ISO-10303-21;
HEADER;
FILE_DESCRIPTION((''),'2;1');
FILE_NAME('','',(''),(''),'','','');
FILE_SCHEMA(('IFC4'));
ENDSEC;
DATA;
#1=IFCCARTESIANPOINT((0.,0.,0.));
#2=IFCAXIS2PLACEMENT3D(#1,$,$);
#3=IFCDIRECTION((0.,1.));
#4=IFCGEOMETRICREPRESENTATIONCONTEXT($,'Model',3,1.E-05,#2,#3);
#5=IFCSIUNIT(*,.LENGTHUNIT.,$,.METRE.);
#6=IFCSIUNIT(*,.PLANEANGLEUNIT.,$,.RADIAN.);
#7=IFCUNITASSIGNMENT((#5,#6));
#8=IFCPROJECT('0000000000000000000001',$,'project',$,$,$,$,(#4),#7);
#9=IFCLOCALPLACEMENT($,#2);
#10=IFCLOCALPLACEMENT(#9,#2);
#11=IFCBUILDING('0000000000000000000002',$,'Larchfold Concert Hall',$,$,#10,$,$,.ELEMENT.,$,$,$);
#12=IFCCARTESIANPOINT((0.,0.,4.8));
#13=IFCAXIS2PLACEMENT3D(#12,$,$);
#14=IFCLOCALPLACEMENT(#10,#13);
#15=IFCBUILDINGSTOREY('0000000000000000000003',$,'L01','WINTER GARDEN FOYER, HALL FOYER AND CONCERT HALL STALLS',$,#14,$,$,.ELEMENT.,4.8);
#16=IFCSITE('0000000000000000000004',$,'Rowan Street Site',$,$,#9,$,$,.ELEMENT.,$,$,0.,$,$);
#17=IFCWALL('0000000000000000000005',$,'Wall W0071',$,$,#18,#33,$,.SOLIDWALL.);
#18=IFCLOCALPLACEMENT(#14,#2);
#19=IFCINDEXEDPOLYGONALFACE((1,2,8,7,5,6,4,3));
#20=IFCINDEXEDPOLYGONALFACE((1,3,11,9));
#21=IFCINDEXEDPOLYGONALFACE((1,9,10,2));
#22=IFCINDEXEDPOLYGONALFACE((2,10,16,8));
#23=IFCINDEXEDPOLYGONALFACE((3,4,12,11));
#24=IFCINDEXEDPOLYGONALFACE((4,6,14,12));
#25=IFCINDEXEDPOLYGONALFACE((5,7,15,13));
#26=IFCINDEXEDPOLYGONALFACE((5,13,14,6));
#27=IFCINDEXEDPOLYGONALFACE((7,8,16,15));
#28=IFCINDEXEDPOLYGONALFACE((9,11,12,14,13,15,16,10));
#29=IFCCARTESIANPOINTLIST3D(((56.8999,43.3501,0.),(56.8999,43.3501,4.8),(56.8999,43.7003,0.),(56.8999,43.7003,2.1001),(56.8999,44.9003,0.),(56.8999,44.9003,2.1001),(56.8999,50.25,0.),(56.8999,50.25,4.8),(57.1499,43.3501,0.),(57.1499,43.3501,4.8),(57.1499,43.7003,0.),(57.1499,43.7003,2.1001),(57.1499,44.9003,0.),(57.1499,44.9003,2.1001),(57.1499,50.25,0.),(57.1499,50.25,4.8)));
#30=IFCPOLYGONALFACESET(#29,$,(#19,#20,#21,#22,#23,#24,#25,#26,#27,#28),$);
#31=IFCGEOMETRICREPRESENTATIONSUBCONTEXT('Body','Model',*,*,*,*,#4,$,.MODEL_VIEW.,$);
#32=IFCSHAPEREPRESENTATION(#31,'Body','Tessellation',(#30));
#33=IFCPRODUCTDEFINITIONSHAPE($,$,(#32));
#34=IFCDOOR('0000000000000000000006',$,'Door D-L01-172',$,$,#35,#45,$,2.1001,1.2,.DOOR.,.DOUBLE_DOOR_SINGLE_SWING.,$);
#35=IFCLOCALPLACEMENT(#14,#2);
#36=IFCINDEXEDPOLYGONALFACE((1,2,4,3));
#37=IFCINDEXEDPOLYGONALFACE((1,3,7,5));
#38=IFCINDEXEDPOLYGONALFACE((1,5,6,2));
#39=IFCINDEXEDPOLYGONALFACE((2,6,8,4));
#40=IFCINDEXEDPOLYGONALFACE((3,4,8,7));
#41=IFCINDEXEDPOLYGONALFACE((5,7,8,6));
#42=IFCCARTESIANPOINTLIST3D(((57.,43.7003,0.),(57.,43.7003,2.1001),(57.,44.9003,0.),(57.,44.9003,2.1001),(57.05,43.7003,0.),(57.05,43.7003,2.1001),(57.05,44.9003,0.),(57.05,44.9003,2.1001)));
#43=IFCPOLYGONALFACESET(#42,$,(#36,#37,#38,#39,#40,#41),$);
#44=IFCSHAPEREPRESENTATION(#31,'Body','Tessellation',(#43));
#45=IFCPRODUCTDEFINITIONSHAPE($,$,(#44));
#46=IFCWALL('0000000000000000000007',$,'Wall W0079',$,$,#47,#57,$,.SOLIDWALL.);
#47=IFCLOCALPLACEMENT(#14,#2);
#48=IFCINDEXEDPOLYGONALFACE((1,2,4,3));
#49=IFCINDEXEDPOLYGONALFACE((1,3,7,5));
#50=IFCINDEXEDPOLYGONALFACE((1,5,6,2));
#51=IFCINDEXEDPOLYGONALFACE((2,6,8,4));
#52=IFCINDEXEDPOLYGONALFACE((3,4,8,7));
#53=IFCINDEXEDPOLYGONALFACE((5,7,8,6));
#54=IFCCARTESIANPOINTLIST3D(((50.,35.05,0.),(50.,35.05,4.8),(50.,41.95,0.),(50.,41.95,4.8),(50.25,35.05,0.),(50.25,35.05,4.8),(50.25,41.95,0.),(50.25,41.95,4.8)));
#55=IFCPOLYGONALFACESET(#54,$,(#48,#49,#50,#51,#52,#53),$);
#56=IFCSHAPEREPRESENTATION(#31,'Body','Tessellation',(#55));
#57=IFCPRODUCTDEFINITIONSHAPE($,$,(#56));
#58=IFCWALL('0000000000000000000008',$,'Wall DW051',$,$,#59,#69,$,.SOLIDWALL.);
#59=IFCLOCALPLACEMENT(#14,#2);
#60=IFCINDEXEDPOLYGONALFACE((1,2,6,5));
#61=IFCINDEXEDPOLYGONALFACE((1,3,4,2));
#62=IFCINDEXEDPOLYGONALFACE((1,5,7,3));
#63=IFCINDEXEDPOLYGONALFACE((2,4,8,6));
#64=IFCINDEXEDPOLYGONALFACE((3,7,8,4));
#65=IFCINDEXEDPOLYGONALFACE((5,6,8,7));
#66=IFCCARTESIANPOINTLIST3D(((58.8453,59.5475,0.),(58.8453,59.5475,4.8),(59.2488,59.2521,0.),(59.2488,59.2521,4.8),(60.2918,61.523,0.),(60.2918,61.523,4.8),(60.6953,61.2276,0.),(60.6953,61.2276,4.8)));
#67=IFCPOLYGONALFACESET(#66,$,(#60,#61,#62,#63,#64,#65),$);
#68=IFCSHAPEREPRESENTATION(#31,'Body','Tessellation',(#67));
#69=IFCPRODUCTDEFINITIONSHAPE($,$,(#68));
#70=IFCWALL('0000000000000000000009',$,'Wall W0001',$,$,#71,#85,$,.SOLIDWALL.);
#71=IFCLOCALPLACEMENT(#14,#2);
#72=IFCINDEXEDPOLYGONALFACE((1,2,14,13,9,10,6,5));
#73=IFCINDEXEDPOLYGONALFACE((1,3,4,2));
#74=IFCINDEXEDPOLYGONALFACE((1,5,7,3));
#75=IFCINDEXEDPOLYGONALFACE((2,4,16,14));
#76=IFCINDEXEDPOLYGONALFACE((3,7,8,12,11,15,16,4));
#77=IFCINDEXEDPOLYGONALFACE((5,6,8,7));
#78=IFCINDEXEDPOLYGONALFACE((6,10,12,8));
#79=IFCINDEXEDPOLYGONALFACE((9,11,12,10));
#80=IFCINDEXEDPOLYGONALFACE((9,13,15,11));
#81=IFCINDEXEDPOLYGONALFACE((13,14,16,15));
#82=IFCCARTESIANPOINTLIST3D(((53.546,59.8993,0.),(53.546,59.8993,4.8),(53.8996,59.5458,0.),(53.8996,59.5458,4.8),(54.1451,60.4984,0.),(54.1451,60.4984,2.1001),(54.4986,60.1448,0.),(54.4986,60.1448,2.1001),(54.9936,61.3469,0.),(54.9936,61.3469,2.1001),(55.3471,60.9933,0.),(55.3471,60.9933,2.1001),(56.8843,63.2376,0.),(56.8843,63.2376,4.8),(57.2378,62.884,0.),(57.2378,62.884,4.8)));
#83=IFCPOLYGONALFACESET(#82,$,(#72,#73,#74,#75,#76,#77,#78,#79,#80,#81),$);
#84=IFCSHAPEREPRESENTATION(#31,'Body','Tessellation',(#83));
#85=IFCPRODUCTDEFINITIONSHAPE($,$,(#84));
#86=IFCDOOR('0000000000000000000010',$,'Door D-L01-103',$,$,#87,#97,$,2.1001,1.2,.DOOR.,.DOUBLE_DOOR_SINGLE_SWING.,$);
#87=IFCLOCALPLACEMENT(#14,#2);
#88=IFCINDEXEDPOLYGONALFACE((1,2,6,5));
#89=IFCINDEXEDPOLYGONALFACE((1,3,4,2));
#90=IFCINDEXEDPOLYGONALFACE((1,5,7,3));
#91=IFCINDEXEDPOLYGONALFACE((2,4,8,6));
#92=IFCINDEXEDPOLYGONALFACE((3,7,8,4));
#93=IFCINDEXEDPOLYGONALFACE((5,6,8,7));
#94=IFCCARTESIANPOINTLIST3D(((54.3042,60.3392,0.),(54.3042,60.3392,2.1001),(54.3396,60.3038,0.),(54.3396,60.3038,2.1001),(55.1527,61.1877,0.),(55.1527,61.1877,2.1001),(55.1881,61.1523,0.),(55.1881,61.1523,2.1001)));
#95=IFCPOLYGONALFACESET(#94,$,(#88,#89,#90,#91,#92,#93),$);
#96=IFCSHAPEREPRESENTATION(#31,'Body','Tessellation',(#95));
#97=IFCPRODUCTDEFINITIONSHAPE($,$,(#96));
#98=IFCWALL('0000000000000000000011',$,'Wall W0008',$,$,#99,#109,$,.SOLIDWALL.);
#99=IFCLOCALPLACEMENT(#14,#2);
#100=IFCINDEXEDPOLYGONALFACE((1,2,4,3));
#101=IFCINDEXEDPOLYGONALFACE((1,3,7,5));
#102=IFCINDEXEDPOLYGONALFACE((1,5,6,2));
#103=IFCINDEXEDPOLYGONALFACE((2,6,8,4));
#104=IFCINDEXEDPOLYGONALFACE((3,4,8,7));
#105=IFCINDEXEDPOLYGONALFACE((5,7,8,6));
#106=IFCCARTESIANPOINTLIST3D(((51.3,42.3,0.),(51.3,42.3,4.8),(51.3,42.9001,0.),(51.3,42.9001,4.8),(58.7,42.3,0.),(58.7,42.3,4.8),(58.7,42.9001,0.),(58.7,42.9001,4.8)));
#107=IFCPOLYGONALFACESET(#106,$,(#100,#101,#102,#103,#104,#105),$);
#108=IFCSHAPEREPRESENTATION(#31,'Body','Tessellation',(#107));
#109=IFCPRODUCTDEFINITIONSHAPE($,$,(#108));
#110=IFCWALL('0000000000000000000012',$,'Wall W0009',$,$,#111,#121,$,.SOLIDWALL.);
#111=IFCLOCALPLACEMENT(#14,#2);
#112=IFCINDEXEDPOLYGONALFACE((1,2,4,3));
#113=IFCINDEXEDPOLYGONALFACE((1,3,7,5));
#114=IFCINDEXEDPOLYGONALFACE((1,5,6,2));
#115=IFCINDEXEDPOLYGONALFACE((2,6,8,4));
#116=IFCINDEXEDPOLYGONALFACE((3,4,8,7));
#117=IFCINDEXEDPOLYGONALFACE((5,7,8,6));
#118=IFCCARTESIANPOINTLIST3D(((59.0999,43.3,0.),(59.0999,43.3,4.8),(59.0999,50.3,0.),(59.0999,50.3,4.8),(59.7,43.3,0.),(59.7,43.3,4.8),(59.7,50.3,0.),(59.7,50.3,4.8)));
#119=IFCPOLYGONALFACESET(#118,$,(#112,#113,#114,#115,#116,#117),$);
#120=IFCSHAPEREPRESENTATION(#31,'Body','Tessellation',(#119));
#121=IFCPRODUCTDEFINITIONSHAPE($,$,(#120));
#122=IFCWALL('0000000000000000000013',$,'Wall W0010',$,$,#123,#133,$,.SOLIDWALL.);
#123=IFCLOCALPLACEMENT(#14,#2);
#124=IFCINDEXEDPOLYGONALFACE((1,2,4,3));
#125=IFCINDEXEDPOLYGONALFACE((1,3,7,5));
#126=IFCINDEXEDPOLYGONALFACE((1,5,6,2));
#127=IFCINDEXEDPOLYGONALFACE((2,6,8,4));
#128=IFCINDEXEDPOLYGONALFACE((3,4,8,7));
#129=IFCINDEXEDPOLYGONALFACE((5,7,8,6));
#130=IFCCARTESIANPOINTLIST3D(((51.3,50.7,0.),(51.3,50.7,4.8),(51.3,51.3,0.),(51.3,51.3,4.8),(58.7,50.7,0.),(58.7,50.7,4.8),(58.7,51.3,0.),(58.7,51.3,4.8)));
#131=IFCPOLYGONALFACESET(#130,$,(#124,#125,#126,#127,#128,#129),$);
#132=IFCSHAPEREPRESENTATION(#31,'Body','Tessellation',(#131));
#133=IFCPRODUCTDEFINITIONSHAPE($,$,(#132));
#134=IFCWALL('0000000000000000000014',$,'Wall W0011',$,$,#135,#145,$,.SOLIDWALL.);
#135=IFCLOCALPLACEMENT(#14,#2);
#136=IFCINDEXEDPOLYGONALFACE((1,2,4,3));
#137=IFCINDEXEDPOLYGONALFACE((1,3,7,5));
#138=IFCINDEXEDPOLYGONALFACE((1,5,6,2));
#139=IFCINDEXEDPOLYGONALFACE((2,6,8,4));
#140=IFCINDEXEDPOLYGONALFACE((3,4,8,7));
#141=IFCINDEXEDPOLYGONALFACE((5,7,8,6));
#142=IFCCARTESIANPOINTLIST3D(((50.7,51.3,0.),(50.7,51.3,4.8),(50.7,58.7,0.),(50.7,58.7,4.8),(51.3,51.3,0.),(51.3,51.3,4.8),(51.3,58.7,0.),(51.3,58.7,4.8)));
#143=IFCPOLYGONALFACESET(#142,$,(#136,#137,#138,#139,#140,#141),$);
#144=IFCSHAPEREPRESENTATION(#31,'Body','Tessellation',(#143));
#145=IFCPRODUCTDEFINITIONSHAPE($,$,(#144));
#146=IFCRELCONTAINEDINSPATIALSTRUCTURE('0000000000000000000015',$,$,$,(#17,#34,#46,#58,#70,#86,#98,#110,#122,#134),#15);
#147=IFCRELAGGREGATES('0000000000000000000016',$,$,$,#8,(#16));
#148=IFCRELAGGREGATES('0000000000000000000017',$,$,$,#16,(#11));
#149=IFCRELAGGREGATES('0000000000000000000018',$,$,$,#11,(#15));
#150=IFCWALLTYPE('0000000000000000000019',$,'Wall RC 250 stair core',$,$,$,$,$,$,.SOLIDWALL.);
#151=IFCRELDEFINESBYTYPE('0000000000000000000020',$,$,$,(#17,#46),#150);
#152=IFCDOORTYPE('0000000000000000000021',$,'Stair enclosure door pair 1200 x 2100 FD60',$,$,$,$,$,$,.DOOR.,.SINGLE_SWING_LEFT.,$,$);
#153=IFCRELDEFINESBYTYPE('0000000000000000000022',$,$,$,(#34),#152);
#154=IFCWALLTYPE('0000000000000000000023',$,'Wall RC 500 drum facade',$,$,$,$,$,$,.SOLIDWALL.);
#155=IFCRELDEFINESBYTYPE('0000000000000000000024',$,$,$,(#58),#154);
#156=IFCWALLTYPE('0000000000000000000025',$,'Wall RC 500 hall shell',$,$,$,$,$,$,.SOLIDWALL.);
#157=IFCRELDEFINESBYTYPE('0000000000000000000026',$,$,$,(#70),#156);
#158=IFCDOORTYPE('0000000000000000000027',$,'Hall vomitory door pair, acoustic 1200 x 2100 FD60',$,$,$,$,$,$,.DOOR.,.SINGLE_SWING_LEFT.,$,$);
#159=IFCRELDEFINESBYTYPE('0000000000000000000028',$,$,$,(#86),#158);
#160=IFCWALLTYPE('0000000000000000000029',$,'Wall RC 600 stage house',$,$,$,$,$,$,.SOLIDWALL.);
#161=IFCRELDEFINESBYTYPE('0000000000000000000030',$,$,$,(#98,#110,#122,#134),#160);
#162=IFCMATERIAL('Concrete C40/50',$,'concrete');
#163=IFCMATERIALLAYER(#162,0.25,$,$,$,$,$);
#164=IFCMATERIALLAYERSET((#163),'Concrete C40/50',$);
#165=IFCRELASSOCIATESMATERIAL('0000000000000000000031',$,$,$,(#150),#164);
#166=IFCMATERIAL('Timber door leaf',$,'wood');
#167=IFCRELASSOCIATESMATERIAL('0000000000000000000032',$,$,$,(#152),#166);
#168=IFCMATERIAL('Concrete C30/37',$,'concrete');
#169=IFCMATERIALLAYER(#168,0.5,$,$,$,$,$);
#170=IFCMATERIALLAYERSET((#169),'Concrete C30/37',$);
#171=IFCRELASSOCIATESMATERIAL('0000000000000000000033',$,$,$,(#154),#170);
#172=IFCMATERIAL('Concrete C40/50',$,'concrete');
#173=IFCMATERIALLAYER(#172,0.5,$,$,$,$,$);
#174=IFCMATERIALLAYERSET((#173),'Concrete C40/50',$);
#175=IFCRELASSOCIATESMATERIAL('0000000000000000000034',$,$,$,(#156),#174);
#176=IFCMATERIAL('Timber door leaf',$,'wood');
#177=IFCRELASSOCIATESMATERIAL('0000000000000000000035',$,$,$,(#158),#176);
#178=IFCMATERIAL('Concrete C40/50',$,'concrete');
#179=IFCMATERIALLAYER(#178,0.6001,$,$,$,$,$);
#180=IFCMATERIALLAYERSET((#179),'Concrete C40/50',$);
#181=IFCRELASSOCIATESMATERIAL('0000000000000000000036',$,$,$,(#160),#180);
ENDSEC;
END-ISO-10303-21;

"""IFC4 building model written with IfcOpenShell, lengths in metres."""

from ifc_helpers import new_model, si_unit, direction, frame, frame_2d, origin, place, context, subcontext, project, spatial, rectangle, extrude, material, layer, layer_set, type_object, element, fill, save


model = new_model("IFC4")

# Units and contexts
model_context = context("Model", 3, precision=1e-05, world=origin(), true_north=direction((0.0, 1.0)))
body_context = subcontext(model_context, "Body", "Model", "MODEL_VIEW")
ifc_project = project(units=[si_unit("LENGTHUNIT", "METRE"), si_unit("PLANEANGLEUNIT", "RADIAN")], contexts=[model_context])

# Site, building, storey
site_placement = place(None, origin())
site = spatial("IfcSite", under=ifc_project, at=site_placement, Name="Rowan Street Site", CompositionType="ELEMENT", RefElevation=0.0)
building_placement = place(site_placement, origin())
building = spatial("IfcBuilding", under=site, at=building_placement, Name="Larchfold Concert Hall", CompositionType="ELEMENT")
storey_placement = place(building_placement, frame((0.0, 0.0, 4.8)))
storey = spatial("IfcBuildingStorey", under=building, at=storey_placement, Name="L01", Description="WINTER GARDEN FOYER, HALL FOYER AND CONCERT HALL STALLS", CompositionType="ELEMENT", Elevation=4.8)

# Shared definitions
ifc_material_1 = material(Name="Concrete C40/50", Category="concrete")
ifc_layer_1 = layer(ifc_material_1, 0.25)
ifc_layer_set_1 = layer_set([ifc_layer_1], Name="Concrete C40/50")
wall_type_1 = type_object("IfcWallType", Name="Wall RC 250 stair core", PredefinedType="SOLIDWALL", material=ifc_layer_set_1)

# Wall, opening, door
wall_1_placement = place(storey_placement, frame((57.0249, 43.3501, 0.0), z_axis=(0.0, 0.0, 1.0), x_axis=(0.0, 1.0, 0.0)))
wall_1 = element("IfcWall", 1, at=wall_1_placement, inside=storey, type_object=wall_type_1, Name="Wall W0071", PredefinedType="SOLIDWALL", context=body_context, shape_type="SweptSolid", body=[
    extrude(rectangle(XDim=6.8999, YDim=0.25, at=frame_2d((3.45, 0.0))), origin(), (0.0, 0.0, 1.0), 4.8),
])
opening_1_placement = place(wall_1_placement, frame((0.3501, 0.0, 0.0)))
opening_1 = element("IfcOpeningElement", 2, at=opening_1_placement, cuts=wall_1, PredefinedType="OPENING", context=body_context, shape_type="SweptSolid", body=[
    extrude(rectangle(XDim=1.2, YDim=2.1001, at=frame_2d((0.6001, 1.05))), frame((0.0, 0.135, 0.0), z_axis=(0.0, -1.0, 0.0), x_axis=(1.0, 0.0, 0.0)), (0.0, 0.0, 1.0), 0.27),
])
ifc_material_2 = material(Name="Timber door leaf", Category="wood")
door_type_1 = type_object("IfcDoorType", Name="Stair enclosure door pair 1200 x 2100 FD60", OperationType="SINGLE_SWING_LEFT", PredefinedType="DOOR", material=ifc_material_2)
door_1_placement = place(opening_1_placement, origin())
door_1 = element("IfcDoor", 3, at=door_1_placement, inside=storey, type_object=door_type_1, Name="Door D-L01-172", OperationType="DOUBLE_DOOR_SINGLE_SWING", OverallHeight=2.1001, OverallWidth=1.2, PredefinedType="DOOR", context=body_context, shape_type="SweptSolid", body=[
    extrude(rectangle(XDim=1.2, YDim=2.1001, at=frame_2d((0.6001, 1.05))), frame((0.0, 0.0249, 0.0), z_axis=(0.0, -1.0, 0.0), x_axis=(1.0, 0.0, 0.0)), (0.0, 0.0, 1.0), 0.05),
])
fill(opening_1, door_1)

# Walls
wall_2_placement = place(storey_placement, frame((50.125, 35.05, 0.0), z_axis=(0.0, 0.0, 1.0), x_axis=(0.0, 1.0, 0.0)))
element("IfcWall", 4, at=wall_2_placement, inside=storey, type_object=wall_type_1, Name="Wall W0079", PredefinedType="SOLIDWALL", context=body_context, shape_type="SweptSolid", body=[
    extrude(rectangle(XDim=6.8999, YDim=0.25, at=frame_2d((3.45, 0.0))), origin(), (0.0, 0.0, 1.0), 4.8),
])
ifc_material_3 = material(Name="Concrete C30/37", Category="concrete")
ifc_layer_2 = layer(ifc_material_3, 0.5)
ifc_layer_set_2 = layer_set([ifc_layer_2], Name="Concrete C30/37")
wall_type_2 = type_object("IfcWallType", Name="Wall RC 500 drum facade", PredefinedType="SOLIDWALL", material=ifc_layer_set_2)
wall_3_placement = place(storey_placement, frame((59.0471, 59.3999, 0.0), z_axis=(0.0, 0.0, 1.0), x_axis=(0.590771, 0.806839, 0.0)))
element("IfcWall", 5, at=wall_3_placement, inside=storey, type_object=wall_type_2, Name="Wall DW051", PredefinedType="SOLIDWALL", context=body_context, shape_type="SweptSolid", body=[
    extrude(rectangle(XDim=2.4485, YDim=0.5, at=frame_2d((1.2241, 0.0))), origin(), (0.0, 0.0, 1.0), 4.8),
])

# Wall, opening, door
ifc_material_4 = material(Name="Concrete C40/50", Category="concrete")
ifc_layer_3 = layer(ifc_material_4, 0.5)
ifc_layer_set_3 = layer_set([ifc_layer_3], Name="Concrete C40/50")
wall_type_3 = type_object("IfcWallType", Name="Wall RC 500 hall shell", PredefinedType="SOLIDWALL", material=ifc_layer_set_3)
wall_4_placement = place(storey_placement, frame((53.7229, 59.7227, 0.0), z_axis=(0.0, 0.0, 1.0), x_axis=(0.707107, 0.707107, 0.0)))
wall_4 = element("IfcWall", 6, at=wall_4_placement, inside=storey, type_object=wall_type_3, Name="Wall W0001", PredefinedType="SOLIDWALL", context=body_context, shape_type="SweptSolid", body=[
    extrude(rectangle(XDim=4.7209, YDim=0.5, at=frame_2d((2.3604, 0.0))), origin(), (0.0, 0.0, 1.0), 4.8),
])
opening_2_placement = place(wall_4_placement, frame((0.8469, 0.0, 0.0)))
opening_2 = element("IfcOpeningElement", 7, at=opening_2_placement, cuts=wall_4, PredefinedType="OPENING", context=body_context, shape_type="SweptSolid", body=[
    extrude(rectangle(XDim=1.2, YDim=2.1001, at=frame_2d((0.6001, 1.05))), frame((0.0, 0.26, 0.0), z_axis=(0.0, -1.0, 0.0), x_axis=(1.0, 0.0, 0.0)), (0.0, 0.0, 1.0), 0.52),
])
ifc_material_5 = material(Name="Timber door leaf", Category="wood")
door_type_2 = type_object("IfcDoorType", Name="Hall vomitory door pair, acoustic 1200 x 2100 FD60", OperationType="SINGLE_SWING_LEFT", PredefinedType="DOOR", material=ifc_material_5)
door_2_placement = place(opening_2_placement, origin())
door_2 = element("IfcDoor", 8, at=door_2_placement, inside=storey, type_object=door_type_2, Name="Door D-L01-103", OperationType="DOUBLE_DOOR_SINGLE_SWING", OverallHeight=2.1001, OverallWidth=1.2, PredefinedType="DOOR", context=body_context, shape_type="SweptSolid", body=[
    extrude(rectangle(XDim=1.2, YDim=2.1001, at=frame_2d((0.6001, 1.05))), frame((0.0, 0.0249, 0.0), z_axis=(0.0, -1.0, 0.0), x_axis=(1.0, 0.0, 0.0)), (0.0, 0.0, 1.0), 0.05),
])
fill(opening_2, door_2)

# Walls
ifc_material_6 = material(Name="Concrete C40/50", Category="concrete")
ifc_layer_4 = layer(ifc_material_6, 0.6001)
ifc_layer_set_4 = layer_set([ifc_layer_4], Name="Concrete C40/50")
wall_type_4 = type_object("IfcWallType", Name="Wall RC 600 stage house", PredefinedType="SOLIDWALL", material=ifc_layer_set_4)
wall_5_placement = place(storey_placement, frame((51.3, 42.6001, 0.0), z_axis=(0.0, 0.0, 1.0), x_axis=(1.0, 0.0, 0.0)))
element("IfcWall", 9, at=wall_5_placement, inside=storey, type_object=wall_type_4, Name="Wall W0008", PredefinedType="SOLIDWALL", context=body_context, shape_type="SweptSolid", body=[
    extrude(rectangle(XDim=7.3999, YDim=0.6001, at=frame_2d((3.7, 0.0))), origin(), (0.0, 0.0, 1.0), 4.8),
])
wall_6_placement = place(storey_placement, frame((59.3999, 43.3, 0.0), z_axis=(0.0, 0.0, 1.0), x_axis=(0.0, 1.0, 0.0)))
element("IfcWall", 10, at=wall_6_placement, inside=storey, type_object=wall_type_4, Name="Wall W0009", PredefinedType="SOLIDWALL", context=body_context, shape_type="SweptSolid", body=[
    extrude(rectangle(XDim=7.0, YDim=0.6001, at=frame_2d((3.5, 0.0))), origin(), (0.0, 0.0, 1.0), 4.8),
])
for number, where, z_axis, x_axis, name in (
    (11, (58.7, 51.0, 0.0), (0.0, 0.0, 1.0), (-1.0, 0.0, 0.0), "Wall W0010"),
    (12, (51.0, 51.3, 0.0), (0.0, 0.0, 1.0), (0.0, 1.0, 0.0), "Wall W0011"),
):
    element("IfcWall", number, at=place(storey_placement, frame(where, z_axis=z_axis, x_axis=x_axis)), inside=storey, type_object=wall_type_4, Name=name, PredefinedType="SOLIDWALL", context=body_context, shape_type="SweptSolid", body=[
        extrude(rectangle(XDim=7.3999, YDim=0.6001, at=frame_2d((3.7, 0.0))), origin(), (0.0, 0.0, 1.0), 4.8),
    ])

save(model, "model.ifc")
